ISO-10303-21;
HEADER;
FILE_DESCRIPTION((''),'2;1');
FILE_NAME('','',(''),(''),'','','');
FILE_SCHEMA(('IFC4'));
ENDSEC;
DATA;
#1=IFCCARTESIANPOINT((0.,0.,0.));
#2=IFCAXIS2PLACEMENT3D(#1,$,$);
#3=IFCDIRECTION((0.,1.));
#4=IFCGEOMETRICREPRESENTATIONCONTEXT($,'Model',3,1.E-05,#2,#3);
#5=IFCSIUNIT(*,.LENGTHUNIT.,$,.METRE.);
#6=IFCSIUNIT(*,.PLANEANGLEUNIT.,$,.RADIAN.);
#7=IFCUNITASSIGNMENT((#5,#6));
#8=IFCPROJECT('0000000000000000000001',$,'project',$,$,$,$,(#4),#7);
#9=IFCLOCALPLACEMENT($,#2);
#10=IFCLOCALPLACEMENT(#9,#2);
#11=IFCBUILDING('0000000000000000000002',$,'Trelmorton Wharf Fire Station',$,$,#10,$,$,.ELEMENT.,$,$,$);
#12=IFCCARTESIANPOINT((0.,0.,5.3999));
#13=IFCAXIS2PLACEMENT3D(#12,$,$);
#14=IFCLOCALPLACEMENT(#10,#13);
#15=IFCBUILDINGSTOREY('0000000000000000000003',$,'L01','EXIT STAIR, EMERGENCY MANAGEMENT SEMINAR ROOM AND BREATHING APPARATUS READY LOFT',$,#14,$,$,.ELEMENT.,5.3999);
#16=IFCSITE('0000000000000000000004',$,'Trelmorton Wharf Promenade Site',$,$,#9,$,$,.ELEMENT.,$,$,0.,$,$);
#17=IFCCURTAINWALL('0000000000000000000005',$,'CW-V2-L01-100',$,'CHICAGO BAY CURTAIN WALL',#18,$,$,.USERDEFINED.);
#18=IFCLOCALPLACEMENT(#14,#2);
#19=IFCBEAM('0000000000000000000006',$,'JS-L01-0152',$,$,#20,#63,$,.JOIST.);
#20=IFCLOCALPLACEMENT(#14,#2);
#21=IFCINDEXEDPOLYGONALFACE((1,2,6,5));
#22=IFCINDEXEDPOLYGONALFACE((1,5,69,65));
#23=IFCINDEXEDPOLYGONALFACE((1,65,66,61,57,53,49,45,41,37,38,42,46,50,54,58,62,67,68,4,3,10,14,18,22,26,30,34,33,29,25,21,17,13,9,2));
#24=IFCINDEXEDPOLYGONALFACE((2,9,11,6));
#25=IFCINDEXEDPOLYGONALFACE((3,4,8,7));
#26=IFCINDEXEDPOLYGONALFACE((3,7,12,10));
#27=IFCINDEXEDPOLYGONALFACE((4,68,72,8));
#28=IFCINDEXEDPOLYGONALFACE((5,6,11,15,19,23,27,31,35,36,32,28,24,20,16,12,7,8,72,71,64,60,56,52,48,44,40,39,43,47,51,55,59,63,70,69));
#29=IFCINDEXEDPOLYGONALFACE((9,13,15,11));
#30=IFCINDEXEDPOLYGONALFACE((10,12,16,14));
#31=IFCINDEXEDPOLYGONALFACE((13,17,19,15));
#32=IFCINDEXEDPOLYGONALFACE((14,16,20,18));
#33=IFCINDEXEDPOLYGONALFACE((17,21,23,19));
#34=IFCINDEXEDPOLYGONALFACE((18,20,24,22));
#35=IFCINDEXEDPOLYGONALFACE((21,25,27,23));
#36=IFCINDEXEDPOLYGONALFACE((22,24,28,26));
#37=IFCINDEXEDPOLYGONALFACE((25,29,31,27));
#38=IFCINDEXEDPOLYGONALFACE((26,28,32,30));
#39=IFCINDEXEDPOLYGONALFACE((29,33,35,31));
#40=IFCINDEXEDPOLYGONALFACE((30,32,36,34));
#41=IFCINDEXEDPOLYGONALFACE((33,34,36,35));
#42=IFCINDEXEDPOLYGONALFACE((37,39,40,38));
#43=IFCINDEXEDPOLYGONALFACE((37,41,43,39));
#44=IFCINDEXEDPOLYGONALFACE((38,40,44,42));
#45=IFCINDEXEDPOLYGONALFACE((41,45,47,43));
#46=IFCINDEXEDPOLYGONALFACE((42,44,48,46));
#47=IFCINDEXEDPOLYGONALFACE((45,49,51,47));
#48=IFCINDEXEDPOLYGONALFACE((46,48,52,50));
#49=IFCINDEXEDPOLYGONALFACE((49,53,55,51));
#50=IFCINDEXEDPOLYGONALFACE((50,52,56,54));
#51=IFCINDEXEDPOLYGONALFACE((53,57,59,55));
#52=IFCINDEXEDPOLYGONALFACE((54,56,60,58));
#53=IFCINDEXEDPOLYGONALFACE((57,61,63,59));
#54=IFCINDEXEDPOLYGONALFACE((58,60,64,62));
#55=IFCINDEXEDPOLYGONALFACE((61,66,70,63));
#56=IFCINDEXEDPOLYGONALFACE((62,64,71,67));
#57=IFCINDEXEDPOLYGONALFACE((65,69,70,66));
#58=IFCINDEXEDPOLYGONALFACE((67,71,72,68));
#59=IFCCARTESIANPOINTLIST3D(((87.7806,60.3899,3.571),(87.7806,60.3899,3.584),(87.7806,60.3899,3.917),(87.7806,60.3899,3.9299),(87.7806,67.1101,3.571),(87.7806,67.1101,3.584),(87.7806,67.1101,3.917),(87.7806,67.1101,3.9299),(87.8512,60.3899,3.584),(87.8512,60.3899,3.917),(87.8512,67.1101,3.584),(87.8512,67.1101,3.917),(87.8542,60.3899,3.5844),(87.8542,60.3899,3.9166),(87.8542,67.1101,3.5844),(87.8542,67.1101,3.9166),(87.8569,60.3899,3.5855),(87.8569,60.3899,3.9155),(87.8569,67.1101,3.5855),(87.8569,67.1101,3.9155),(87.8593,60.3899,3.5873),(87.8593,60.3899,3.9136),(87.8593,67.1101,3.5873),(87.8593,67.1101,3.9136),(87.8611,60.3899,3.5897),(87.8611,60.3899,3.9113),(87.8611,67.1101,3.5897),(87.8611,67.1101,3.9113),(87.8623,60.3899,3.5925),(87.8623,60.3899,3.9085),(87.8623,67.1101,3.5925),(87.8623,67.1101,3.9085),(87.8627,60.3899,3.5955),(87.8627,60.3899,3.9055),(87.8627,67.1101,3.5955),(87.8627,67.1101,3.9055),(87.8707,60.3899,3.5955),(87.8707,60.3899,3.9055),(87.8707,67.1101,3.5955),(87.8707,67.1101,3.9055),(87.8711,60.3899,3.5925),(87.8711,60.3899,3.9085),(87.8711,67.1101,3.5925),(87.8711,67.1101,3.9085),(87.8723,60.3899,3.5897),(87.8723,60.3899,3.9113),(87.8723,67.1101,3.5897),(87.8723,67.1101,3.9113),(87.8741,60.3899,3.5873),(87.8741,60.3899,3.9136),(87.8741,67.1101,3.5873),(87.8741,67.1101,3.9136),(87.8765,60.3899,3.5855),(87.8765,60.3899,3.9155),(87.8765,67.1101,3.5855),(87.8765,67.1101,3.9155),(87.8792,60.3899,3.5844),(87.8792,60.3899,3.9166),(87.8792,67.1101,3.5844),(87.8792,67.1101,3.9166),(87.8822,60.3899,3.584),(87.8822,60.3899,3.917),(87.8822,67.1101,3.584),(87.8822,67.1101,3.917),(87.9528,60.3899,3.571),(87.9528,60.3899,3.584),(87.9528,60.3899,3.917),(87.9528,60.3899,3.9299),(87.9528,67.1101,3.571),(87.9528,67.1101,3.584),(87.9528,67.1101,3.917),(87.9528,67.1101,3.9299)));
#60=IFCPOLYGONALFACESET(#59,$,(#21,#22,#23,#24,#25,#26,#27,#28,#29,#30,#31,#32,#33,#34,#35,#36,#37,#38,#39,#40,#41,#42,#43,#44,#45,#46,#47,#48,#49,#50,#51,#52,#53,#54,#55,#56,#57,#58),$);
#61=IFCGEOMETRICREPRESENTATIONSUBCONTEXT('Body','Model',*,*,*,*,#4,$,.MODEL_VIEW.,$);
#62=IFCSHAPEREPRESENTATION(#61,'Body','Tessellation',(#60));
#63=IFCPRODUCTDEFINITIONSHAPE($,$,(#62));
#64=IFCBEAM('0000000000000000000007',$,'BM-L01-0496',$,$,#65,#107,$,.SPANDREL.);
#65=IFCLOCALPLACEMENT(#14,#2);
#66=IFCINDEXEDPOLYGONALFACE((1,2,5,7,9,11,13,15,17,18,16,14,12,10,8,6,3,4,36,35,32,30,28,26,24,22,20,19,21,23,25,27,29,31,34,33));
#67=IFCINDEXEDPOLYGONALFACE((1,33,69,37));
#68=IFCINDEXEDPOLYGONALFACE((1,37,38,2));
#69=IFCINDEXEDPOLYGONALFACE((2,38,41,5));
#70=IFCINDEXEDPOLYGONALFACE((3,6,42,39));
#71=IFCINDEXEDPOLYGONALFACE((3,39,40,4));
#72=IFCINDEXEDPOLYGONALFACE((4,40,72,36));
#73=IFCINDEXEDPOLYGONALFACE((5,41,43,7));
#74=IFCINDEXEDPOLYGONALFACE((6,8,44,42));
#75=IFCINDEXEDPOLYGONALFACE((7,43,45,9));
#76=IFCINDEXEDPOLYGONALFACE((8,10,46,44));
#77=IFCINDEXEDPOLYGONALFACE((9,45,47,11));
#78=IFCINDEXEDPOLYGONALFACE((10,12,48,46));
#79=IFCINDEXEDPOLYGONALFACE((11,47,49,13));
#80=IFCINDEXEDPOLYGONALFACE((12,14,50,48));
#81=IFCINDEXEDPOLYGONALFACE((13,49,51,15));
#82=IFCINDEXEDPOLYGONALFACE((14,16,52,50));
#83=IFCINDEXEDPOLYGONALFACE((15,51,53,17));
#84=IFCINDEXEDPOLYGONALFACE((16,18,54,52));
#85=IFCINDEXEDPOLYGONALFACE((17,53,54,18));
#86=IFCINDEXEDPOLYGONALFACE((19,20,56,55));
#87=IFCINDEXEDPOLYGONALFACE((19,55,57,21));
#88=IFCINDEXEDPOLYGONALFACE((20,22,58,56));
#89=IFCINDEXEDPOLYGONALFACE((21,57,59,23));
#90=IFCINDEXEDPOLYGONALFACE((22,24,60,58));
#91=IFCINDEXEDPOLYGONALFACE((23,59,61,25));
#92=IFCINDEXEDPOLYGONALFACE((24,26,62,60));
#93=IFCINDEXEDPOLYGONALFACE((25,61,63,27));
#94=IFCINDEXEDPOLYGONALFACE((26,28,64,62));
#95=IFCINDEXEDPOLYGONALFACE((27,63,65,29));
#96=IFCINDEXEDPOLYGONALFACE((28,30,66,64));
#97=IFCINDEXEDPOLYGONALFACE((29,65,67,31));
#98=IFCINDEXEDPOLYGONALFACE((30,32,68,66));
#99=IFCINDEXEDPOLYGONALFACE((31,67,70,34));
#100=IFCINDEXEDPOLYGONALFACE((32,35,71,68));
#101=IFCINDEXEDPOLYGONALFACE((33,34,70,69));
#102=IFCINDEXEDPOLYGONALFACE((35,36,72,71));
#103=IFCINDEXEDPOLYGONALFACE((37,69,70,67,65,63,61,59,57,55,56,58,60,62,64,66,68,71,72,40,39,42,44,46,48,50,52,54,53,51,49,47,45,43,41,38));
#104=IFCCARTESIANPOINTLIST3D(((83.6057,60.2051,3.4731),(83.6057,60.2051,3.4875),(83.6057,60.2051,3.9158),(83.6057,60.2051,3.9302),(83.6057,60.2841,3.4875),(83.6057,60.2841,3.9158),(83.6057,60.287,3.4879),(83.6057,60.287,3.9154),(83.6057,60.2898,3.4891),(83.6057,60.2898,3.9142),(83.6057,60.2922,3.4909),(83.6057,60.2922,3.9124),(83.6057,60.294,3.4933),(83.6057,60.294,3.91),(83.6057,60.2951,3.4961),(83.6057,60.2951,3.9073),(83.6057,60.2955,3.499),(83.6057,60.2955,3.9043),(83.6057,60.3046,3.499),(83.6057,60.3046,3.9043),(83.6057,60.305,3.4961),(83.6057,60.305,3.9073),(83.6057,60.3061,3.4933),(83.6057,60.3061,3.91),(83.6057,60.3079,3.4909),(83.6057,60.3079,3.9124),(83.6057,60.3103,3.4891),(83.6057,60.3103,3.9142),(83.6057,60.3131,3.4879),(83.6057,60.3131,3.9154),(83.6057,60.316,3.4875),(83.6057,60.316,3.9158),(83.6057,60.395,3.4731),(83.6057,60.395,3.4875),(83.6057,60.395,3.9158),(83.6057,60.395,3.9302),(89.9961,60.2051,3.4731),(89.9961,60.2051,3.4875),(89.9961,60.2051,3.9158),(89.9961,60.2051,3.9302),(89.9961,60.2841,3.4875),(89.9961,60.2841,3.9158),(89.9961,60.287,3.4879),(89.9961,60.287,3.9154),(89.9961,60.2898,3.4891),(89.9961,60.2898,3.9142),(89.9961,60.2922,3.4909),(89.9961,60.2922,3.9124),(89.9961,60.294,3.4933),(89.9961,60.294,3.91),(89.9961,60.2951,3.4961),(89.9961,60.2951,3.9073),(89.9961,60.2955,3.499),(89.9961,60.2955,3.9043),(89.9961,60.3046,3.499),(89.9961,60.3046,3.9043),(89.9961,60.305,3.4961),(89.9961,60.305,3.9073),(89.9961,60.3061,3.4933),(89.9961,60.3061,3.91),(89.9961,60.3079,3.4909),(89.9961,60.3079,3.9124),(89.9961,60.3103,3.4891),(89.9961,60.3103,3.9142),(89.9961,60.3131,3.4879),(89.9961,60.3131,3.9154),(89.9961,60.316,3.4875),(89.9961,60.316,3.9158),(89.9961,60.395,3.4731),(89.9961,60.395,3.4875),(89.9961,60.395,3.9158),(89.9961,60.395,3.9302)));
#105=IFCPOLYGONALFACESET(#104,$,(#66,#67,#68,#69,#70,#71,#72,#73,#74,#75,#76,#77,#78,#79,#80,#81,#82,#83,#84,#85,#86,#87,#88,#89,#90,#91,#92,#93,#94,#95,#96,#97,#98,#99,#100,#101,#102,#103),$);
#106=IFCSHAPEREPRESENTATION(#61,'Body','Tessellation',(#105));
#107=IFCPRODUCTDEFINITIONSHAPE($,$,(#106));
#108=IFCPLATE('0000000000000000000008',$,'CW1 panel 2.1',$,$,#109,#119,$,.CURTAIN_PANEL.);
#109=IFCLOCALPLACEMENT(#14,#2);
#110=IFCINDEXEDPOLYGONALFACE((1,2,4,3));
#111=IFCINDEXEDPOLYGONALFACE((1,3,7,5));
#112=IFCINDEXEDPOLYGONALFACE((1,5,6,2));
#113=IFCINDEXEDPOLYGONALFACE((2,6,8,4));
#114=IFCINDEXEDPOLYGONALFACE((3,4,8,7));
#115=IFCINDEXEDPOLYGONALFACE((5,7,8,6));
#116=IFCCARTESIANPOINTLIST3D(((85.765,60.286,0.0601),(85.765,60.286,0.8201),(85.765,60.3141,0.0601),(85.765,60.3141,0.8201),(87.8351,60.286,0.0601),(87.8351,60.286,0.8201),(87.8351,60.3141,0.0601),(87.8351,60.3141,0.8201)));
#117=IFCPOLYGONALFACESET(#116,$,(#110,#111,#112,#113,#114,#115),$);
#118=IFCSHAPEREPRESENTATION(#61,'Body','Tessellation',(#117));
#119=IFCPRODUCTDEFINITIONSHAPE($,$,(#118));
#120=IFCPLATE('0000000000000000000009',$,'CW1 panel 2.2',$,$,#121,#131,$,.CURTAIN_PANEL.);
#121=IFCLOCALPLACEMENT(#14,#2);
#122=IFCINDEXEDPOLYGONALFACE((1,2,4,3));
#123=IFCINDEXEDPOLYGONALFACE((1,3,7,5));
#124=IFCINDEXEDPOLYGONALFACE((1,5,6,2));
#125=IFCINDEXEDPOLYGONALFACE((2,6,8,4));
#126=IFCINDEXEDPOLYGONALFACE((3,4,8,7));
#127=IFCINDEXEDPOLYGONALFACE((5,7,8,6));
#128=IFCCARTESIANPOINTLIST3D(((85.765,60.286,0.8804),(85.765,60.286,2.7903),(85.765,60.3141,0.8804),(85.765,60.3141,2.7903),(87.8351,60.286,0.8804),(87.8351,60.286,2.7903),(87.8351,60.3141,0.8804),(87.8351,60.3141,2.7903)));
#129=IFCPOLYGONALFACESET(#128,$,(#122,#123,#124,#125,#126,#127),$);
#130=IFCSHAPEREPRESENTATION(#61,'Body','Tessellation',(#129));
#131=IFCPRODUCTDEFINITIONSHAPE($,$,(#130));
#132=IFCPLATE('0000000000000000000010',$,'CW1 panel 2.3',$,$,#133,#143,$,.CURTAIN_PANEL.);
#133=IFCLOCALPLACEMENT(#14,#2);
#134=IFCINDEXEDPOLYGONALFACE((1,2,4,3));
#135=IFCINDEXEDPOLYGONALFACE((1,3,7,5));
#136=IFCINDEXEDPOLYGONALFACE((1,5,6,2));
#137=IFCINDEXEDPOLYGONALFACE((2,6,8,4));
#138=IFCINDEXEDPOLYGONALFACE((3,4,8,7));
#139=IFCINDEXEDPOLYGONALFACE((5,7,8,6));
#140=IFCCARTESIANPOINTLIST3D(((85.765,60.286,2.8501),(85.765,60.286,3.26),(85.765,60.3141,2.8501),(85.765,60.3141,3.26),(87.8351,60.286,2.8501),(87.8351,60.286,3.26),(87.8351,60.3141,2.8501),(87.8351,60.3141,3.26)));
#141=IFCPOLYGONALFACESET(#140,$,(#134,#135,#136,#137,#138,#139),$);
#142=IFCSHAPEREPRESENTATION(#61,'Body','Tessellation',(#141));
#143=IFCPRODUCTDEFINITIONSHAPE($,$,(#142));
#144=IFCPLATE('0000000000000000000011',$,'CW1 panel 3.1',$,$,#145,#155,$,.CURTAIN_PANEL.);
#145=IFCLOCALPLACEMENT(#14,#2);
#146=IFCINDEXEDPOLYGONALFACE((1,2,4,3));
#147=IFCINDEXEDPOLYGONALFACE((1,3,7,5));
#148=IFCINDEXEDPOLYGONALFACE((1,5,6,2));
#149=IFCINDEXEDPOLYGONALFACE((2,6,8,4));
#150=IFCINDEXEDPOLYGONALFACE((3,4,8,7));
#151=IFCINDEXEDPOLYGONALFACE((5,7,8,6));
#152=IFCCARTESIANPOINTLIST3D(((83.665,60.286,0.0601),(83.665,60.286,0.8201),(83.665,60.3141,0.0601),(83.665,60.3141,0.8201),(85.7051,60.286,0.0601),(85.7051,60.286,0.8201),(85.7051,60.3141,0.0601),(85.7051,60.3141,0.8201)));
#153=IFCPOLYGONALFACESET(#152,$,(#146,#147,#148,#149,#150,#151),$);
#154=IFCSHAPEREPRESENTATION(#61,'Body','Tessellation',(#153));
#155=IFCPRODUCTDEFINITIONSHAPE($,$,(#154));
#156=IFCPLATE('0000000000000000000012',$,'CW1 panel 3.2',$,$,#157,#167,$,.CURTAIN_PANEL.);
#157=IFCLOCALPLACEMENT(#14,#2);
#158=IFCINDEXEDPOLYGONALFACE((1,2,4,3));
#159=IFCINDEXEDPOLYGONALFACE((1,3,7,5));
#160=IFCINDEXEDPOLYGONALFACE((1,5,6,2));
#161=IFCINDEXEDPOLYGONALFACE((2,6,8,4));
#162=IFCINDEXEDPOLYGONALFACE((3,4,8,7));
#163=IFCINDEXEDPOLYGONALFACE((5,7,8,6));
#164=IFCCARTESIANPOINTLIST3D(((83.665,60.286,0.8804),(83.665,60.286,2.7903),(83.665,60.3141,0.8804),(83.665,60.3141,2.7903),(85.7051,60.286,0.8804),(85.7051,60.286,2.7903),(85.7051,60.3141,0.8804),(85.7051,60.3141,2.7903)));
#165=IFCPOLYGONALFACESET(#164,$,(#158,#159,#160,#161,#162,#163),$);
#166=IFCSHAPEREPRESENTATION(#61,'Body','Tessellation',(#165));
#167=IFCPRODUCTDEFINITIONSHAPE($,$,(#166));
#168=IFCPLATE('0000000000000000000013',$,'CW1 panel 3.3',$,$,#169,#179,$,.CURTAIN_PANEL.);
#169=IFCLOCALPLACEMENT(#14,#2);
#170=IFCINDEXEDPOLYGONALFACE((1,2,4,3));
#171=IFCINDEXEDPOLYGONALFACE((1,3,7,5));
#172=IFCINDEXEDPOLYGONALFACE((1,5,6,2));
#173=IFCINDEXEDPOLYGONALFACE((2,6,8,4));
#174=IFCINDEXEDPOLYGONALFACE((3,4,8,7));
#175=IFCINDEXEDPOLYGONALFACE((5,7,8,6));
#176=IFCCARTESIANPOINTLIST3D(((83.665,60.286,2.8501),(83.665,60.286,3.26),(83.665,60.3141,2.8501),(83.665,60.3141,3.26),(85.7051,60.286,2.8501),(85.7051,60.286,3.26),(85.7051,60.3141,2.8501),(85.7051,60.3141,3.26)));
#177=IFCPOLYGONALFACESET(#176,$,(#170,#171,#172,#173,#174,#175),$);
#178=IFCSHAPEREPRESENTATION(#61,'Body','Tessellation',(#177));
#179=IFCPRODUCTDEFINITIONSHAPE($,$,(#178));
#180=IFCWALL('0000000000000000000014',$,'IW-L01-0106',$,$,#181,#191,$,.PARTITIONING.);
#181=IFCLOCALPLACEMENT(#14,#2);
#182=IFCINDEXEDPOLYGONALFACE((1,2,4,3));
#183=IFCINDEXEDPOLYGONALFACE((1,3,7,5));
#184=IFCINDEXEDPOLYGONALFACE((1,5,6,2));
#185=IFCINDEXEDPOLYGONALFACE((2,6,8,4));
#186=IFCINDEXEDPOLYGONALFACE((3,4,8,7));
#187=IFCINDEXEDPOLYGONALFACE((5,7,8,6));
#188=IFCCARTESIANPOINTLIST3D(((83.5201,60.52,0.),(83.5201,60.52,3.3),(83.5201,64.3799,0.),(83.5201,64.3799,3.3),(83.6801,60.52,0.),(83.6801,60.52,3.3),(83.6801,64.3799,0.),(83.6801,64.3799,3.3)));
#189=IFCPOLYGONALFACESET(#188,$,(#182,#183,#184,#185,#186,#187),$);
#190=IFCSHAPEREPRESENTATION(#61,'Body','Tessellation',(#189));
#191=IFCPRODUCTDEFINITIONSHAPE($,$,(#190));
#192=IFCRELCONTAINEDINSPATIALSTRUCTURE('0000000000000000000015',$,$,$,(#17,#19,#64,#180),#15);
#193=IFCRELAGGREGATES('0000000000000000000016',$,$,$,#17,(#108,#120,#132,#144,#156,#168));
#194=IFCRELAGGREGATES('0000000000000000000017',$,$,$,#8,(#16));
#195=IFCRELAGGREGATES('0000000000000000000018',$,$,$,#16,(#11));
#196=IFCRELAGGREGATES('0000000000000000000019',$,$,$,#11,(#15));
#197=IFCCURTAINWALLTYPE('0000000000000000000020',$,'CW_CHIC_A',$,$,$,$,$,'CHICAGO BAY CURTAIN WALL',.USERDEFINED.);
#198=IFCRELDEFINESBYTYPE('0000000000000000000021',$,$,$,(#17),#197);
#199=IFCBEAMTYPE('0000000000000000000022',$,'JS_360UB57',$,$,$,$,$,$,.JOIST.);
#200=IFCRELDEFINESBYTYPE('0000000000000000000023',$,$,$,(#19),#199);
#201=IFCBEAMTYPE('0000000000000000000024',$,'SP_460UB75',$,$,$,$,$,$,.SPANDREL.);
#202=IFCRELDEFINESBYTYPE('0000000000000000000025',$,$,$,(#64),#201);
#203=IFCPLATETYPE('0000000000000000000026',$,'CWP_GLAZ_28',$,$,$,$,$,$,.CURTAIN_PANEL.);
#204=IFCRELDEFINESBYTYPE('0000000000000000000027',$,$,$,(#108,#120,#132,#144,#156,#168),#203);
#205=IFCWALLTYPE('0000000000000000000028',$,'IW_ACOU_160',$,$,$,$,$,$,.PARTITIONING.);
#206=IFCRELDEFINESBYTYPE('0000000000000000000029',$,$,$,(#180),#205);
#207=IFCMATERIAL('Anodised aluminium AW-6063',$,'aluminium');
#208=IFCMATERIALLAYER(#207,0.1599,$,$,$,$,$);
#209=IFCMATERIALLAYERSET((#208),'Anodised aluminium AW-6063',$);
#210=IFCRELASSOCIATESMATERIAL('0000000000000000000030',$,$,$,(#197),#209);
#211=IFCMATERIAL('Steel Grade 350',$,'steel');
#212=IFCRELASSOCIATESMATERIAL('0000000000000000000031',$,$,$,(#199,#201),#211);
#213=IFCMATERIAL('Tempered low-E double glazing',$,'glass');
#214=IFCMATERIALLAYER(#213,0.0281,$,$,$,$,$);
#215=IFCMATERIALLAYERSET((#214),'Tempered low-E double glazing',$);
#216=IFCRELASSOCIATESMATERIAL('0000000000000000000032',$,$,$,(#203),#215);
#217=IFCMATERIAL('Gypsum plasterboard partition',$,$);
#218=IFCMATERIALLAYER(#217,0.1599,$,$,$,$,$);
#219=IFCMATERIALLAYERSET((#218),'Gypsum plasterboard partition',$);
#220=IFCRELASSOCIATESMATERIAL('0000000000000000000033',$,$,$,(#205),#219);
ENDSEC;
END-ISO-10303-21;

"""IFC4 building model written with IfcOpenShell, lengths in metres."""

from ifc_helpers import new_model, si_unit, direction, frame, frame_2d, origin, origin_2d, place, context, subcontext, project, spatial, rectangle, i_section, extrude, material, layer, layer_set, material_profile, profile_set, type_object, element, aggregate, save


model = new_model("IFC4")

# Units and contexts
model_context = context("Model", 3, precision=1e-05, world=origin(), true_north=direction((0.0, 1.0)))
body_context = subcontext(model_context, "Body", "Model", "MODEL_VIEW")
ifc_project = project(units=[si_unit("LENGTHUNIT", "METRE"), si_unit("PLANEANGLEUNIT", "RADIAN")], contexts=[model_context])

# Site, building, storey
site_placement = place(None, origin())
site = spatial("IfcSite", under=ifc_project, at=site_placement, Name="Trelmorton Wharf Promenade Site", CompositionType="ELEMENT", RefElevation=0.0)
building_placement = place(site_placement, origin())
building = spatial("IfcBuilding", under=site, at=building_placement, Name="Trelmorton Wharf Fire Station", CompositionType="ELEMENT")
storey_placement = place(building_placement, frame((0.0, 0.0, 5.3999)))
storey = spatial("IfcBuildingStorey", under=building, at=storey_placement, Name="L01", Description="EXIT STAIR, EMERGENCY MANAGEMENT SEMINAR ROOM AND BREATHING APPARATUS READY LOFT", CompositionType="ELEMENT", Elevation=5.3999)

# Shared definitions
ifc_material_1 = material(Name="Steel Grade 350", Category="steel")

# Curtain wall
ifc_material_2 = material(Name="Anodised aluminium AW-6063", Category="aluminium")
ifc_layer_1 = layer(ifc_material_2, 0.1599)
ifc_layer_set_1 = layer_set([ifc_layer_1], Name="Anodised aluminium AW-6063")
curtain_wall_type = type_object("IfcCurtainWallType", Name="CW_CHIC_A", ElementType="CHICAGO BAY CURTAIN WALL", PredefinedType="USERDEFINED", material=ifc_layer_set_1)
curtain_wall_placement = place(storey_placement, origin())
curtain_wall = element("IfcCurtainWall", 1, at=curtain_wall_placement, inside=storey, type_object=curtain_wall_type, Name="CW-V2-L01-100", ObjectType="CHICAGO BAY CURTAIN WALL", PredefinedType="USERDEFINED")

# Beams
ifc_material_profile_1 = material_profile(ifc_material_1, i_section(OverallWidth=0.1721, OverallDepth=0.3589, WebThickness=0.0081, FlangeThickness=0.0129, FilletRadius=0.0115, at=origin_2d()), Name="360UB56.7")
ifc_profile_set_1 = profile_set([ifc_material_profile_1], Name="Steel Grade 350")
beam_type_1 = type_object("IfcBeamType", Name="JS_360UB57", PredefinedType="JOIST", material=ifc_profile_set_1)
for number, where, z_axis, x_axis, name in (
    (2, (87.8667, 60.3899, 3.7505), (0.0, 1.0, 0.0), (-1.0, 0.0, 0.0), "JS-L01-0152"),
):
    element("IfcBeam", number, at=place(storey_placement, frame(where, z_axis=z_axis, x_axis=x_axis)), inside=storey, type_object=beam_type_1, Name=name, PredefinedType="JOIST", context=body_context, shape_type="SweptSolid", body=[
        extrude(i_section(OverallWidth=0.1721, OverallDepth=0.3589, WebThickness=0.0081, FlangeThickness=0.0129, FilletRadius=0.0115, at=origin_2d()), origin(), (0.0, 0.0, 1.0), 6.7202),
    ])
ifc_material_profile_2 = material_profile(ifc_material_1, i_section(OverallWidth=0.1899, OverallDepth=0.457, WebThickness=0.009, FlangeThickness=0.0144, FilletRadius=0.0115, at=origin_2d()), Name="460UB74.6")
ifc_profile_set_2 = profile_set([ifc_material_profile_2], Name="Steel Grade 350")
beam_type_2 = type_object("IfcBeamType", Name="SP_460UB75", PredefinedType="SPANDREL", material=ifc_profile_set_2)
beam_1_placement = place(storey_placement, frame((83.6057, 60.3, 3.7017), z_axis=(1.0, 0.0, 0.0), x_axis=(0.0, 1.0, 0.0)))
element("IfcBeam", 3, at=beam_1_placement, inside=storey, type_object=beam_type_2, Name="BM-L01-0496", PredefinedType="SPANDREL", context=body_context, shape_type="SweptSolid", body=[
    extrude(i_section(OverallWidth=0.1899, OverallDepth=0.457, WebThickness=0.009, FlangeThickness=0.0144, FilletRadius=0.0115, at=origin_2d()), origin(), (0.0, 0.0, 1.0), 6.3904),
])

# Plates
ifc_material_3 = material(Name="Tempered low-E double glazing", Category="glass")
ifc_layer_2 = layer(ifc_material_3, 0.0281)
ifc_layer_set_2 = layer_set([ifc_layer_2], Name="Tempered low-E double glazing")
plate_type = type_object("IfcPlateType", Name="CWP_GLAZ_28", PredefinedType="CURTAIN_PANEL", material=ifc_layer_set_2)
plate_1_placement = place(storey_placement, frame((86.8, 60.3, 0.0601), z_axis=(0.0, 0.0, 1.0), x_axis=(-1.0, 0.0, 0.0)))
plate_1 = element("IfcPlate", 4, at=plate_1_placement, type_object=plate_type, Name="CW1 panel 2.1", PredefinedType="CURTAIN_PANEL", context=body_context, shape_type="SweptSolid", body=[
    extrude(rectangle(XDim=2.0701, YDim=0.0281, at=origin_2d()), origin(), (0.0, 0.0, 1.0), 0.76),
])
plate_2_placement = place(storey_placement, frame((86.8, 60.3, 0.8804), z_axis=(0.0, 0.0, 1.0), x_axis=(-1.0, 0.0, 0.0)))
plate_2 = element("IfcPlate", 5, at=plate_2_placement, type_object=plate_type, Name="CW1 panel 2.2", PredefinedType="CURTAIN_PANEL", context=body_context, shape_type="SweptSolid", body=[
    extrude(rectangle(XDim=2.0701, YDim=0.0281, at=origin_2d()), origin(), (0.0, 0.0, 1.0), 1.9099),
])
plate_3_placement = place(storey_placement, frame((86.8, 60.3, 2.8501), z_axis=(0.0, 0.0, 1.0), x_axis=(-1.0, 0.0, 0.0)))
plate_3 = element("IfcPlate", 6, at=plate_3_placement, type_object=plate_type, Name="CW1 panel 2.3", PredefinedType="CURTAIN_PANEL", context=body_context, shape_type="SweptSolid", body=[
    extrude(rectangle(XDim=2.0701, YDim=0.0281, at=origin_2d()), origin(), (0.0, 0.0, 1.0), 0.4099),
])
plate_4_placement = place(storey_placement, frame((84.6851, 60.3, 0.0601), z_axis=(0.0, 0.0, 1.0), x_axis=(-1.0, 0.0, 0.0)))
plate_4 = element("IfcPlate", 7, at=plate_4_placement, type_object=plate_type, Name="CW1 panel 3.1", PredefinedType="CURTAIN_PANEL", context=body_context, shape_type="SweptSolid", body=[
    extrude(rectangle(XDim=2.04, YDim=0.0281, at=origin_2d()), origin(), (0.0, 0.0, 1.0), 0.76),
])
plate_5_placement = place(storey_placement, frame((84.6851, 60.3, 0.8804), z_axis=(0.0, 0.0, 1.0), x_axis=(-1.0, 0.0, 0.0)))
plate_5 = element("IfcPlate", 8, at=plate_5_placement, type_object=plate_type, Name="CW1 panel 3.2", PredefinedType="CURTAIN_PANEL", context=body_context, shape_type="SweptSolid", body=[
    extrude(rectangle(XDim=2.04, YDim=0.0281, at=origin_2d()), origin(), (0.0, 0.0, 1.0), 1.9099),
])
plate_6_placement = place(storey_placement, frame((84.6851, 60.3, 2.8501), z_axis=(0.0, 0.0, 1.0), x_axis=(-1.0, 0.0, 0.0)))
plate_6 = element("IfcPlate", 9, at=plate_6_placement, type_object=plate_type, Name="CW1 panel 3.3", PredefinedType="CURTAIN_PANEL", context=body_context, shape_type="SweptSolid", body=[
    extrude(rectangle(XDim=2.04, YDim=0.0281, at=origin_2d()), origin(), (0.0, 0.0, 1.0), 0.4099),
])
aggregate(curtain_wall, [plate_1, plate_2, plate_3, plate_4, plate_5, plate_6])

# Wall
ifc_material_4 = material(Name="Gypsum plasterboard partition")
ifc_layer_3 = layer(ifc_material_4, 0.1599)
ifc_layer_set_3 = layer_set([ifc_layer_3], Name="Gypsum plasterboard partition")
wall_type_1 = type_object("IfcWallType", Name="IW_ACOU_160", PredefinedType="PARTITIONING", material=ifc_layer_set_3)
wall_1_placement = place(storey_placement, frame((83.6001, 60.52, 0.0), z_axis=(0.0, 0.0, 1.0), x_axis=(0.0, 1.0, 0.0)))
element("IfcWall", 10, at=wall_1_placement, inside=storey, type_object=wall_type_1, Name="IW-L01-0106", PredefinedType="PARTITIONING", context=body_context, shape_type="SweptSolid", body=[
    extrude(rectangle(XDim=3.8599, YDim=0.1599, at=frame_2d((1.9299, 0.0))), origin(), (0.0, 0.0, 1.0), 3.3),
])

save(model, "model.ifc")
